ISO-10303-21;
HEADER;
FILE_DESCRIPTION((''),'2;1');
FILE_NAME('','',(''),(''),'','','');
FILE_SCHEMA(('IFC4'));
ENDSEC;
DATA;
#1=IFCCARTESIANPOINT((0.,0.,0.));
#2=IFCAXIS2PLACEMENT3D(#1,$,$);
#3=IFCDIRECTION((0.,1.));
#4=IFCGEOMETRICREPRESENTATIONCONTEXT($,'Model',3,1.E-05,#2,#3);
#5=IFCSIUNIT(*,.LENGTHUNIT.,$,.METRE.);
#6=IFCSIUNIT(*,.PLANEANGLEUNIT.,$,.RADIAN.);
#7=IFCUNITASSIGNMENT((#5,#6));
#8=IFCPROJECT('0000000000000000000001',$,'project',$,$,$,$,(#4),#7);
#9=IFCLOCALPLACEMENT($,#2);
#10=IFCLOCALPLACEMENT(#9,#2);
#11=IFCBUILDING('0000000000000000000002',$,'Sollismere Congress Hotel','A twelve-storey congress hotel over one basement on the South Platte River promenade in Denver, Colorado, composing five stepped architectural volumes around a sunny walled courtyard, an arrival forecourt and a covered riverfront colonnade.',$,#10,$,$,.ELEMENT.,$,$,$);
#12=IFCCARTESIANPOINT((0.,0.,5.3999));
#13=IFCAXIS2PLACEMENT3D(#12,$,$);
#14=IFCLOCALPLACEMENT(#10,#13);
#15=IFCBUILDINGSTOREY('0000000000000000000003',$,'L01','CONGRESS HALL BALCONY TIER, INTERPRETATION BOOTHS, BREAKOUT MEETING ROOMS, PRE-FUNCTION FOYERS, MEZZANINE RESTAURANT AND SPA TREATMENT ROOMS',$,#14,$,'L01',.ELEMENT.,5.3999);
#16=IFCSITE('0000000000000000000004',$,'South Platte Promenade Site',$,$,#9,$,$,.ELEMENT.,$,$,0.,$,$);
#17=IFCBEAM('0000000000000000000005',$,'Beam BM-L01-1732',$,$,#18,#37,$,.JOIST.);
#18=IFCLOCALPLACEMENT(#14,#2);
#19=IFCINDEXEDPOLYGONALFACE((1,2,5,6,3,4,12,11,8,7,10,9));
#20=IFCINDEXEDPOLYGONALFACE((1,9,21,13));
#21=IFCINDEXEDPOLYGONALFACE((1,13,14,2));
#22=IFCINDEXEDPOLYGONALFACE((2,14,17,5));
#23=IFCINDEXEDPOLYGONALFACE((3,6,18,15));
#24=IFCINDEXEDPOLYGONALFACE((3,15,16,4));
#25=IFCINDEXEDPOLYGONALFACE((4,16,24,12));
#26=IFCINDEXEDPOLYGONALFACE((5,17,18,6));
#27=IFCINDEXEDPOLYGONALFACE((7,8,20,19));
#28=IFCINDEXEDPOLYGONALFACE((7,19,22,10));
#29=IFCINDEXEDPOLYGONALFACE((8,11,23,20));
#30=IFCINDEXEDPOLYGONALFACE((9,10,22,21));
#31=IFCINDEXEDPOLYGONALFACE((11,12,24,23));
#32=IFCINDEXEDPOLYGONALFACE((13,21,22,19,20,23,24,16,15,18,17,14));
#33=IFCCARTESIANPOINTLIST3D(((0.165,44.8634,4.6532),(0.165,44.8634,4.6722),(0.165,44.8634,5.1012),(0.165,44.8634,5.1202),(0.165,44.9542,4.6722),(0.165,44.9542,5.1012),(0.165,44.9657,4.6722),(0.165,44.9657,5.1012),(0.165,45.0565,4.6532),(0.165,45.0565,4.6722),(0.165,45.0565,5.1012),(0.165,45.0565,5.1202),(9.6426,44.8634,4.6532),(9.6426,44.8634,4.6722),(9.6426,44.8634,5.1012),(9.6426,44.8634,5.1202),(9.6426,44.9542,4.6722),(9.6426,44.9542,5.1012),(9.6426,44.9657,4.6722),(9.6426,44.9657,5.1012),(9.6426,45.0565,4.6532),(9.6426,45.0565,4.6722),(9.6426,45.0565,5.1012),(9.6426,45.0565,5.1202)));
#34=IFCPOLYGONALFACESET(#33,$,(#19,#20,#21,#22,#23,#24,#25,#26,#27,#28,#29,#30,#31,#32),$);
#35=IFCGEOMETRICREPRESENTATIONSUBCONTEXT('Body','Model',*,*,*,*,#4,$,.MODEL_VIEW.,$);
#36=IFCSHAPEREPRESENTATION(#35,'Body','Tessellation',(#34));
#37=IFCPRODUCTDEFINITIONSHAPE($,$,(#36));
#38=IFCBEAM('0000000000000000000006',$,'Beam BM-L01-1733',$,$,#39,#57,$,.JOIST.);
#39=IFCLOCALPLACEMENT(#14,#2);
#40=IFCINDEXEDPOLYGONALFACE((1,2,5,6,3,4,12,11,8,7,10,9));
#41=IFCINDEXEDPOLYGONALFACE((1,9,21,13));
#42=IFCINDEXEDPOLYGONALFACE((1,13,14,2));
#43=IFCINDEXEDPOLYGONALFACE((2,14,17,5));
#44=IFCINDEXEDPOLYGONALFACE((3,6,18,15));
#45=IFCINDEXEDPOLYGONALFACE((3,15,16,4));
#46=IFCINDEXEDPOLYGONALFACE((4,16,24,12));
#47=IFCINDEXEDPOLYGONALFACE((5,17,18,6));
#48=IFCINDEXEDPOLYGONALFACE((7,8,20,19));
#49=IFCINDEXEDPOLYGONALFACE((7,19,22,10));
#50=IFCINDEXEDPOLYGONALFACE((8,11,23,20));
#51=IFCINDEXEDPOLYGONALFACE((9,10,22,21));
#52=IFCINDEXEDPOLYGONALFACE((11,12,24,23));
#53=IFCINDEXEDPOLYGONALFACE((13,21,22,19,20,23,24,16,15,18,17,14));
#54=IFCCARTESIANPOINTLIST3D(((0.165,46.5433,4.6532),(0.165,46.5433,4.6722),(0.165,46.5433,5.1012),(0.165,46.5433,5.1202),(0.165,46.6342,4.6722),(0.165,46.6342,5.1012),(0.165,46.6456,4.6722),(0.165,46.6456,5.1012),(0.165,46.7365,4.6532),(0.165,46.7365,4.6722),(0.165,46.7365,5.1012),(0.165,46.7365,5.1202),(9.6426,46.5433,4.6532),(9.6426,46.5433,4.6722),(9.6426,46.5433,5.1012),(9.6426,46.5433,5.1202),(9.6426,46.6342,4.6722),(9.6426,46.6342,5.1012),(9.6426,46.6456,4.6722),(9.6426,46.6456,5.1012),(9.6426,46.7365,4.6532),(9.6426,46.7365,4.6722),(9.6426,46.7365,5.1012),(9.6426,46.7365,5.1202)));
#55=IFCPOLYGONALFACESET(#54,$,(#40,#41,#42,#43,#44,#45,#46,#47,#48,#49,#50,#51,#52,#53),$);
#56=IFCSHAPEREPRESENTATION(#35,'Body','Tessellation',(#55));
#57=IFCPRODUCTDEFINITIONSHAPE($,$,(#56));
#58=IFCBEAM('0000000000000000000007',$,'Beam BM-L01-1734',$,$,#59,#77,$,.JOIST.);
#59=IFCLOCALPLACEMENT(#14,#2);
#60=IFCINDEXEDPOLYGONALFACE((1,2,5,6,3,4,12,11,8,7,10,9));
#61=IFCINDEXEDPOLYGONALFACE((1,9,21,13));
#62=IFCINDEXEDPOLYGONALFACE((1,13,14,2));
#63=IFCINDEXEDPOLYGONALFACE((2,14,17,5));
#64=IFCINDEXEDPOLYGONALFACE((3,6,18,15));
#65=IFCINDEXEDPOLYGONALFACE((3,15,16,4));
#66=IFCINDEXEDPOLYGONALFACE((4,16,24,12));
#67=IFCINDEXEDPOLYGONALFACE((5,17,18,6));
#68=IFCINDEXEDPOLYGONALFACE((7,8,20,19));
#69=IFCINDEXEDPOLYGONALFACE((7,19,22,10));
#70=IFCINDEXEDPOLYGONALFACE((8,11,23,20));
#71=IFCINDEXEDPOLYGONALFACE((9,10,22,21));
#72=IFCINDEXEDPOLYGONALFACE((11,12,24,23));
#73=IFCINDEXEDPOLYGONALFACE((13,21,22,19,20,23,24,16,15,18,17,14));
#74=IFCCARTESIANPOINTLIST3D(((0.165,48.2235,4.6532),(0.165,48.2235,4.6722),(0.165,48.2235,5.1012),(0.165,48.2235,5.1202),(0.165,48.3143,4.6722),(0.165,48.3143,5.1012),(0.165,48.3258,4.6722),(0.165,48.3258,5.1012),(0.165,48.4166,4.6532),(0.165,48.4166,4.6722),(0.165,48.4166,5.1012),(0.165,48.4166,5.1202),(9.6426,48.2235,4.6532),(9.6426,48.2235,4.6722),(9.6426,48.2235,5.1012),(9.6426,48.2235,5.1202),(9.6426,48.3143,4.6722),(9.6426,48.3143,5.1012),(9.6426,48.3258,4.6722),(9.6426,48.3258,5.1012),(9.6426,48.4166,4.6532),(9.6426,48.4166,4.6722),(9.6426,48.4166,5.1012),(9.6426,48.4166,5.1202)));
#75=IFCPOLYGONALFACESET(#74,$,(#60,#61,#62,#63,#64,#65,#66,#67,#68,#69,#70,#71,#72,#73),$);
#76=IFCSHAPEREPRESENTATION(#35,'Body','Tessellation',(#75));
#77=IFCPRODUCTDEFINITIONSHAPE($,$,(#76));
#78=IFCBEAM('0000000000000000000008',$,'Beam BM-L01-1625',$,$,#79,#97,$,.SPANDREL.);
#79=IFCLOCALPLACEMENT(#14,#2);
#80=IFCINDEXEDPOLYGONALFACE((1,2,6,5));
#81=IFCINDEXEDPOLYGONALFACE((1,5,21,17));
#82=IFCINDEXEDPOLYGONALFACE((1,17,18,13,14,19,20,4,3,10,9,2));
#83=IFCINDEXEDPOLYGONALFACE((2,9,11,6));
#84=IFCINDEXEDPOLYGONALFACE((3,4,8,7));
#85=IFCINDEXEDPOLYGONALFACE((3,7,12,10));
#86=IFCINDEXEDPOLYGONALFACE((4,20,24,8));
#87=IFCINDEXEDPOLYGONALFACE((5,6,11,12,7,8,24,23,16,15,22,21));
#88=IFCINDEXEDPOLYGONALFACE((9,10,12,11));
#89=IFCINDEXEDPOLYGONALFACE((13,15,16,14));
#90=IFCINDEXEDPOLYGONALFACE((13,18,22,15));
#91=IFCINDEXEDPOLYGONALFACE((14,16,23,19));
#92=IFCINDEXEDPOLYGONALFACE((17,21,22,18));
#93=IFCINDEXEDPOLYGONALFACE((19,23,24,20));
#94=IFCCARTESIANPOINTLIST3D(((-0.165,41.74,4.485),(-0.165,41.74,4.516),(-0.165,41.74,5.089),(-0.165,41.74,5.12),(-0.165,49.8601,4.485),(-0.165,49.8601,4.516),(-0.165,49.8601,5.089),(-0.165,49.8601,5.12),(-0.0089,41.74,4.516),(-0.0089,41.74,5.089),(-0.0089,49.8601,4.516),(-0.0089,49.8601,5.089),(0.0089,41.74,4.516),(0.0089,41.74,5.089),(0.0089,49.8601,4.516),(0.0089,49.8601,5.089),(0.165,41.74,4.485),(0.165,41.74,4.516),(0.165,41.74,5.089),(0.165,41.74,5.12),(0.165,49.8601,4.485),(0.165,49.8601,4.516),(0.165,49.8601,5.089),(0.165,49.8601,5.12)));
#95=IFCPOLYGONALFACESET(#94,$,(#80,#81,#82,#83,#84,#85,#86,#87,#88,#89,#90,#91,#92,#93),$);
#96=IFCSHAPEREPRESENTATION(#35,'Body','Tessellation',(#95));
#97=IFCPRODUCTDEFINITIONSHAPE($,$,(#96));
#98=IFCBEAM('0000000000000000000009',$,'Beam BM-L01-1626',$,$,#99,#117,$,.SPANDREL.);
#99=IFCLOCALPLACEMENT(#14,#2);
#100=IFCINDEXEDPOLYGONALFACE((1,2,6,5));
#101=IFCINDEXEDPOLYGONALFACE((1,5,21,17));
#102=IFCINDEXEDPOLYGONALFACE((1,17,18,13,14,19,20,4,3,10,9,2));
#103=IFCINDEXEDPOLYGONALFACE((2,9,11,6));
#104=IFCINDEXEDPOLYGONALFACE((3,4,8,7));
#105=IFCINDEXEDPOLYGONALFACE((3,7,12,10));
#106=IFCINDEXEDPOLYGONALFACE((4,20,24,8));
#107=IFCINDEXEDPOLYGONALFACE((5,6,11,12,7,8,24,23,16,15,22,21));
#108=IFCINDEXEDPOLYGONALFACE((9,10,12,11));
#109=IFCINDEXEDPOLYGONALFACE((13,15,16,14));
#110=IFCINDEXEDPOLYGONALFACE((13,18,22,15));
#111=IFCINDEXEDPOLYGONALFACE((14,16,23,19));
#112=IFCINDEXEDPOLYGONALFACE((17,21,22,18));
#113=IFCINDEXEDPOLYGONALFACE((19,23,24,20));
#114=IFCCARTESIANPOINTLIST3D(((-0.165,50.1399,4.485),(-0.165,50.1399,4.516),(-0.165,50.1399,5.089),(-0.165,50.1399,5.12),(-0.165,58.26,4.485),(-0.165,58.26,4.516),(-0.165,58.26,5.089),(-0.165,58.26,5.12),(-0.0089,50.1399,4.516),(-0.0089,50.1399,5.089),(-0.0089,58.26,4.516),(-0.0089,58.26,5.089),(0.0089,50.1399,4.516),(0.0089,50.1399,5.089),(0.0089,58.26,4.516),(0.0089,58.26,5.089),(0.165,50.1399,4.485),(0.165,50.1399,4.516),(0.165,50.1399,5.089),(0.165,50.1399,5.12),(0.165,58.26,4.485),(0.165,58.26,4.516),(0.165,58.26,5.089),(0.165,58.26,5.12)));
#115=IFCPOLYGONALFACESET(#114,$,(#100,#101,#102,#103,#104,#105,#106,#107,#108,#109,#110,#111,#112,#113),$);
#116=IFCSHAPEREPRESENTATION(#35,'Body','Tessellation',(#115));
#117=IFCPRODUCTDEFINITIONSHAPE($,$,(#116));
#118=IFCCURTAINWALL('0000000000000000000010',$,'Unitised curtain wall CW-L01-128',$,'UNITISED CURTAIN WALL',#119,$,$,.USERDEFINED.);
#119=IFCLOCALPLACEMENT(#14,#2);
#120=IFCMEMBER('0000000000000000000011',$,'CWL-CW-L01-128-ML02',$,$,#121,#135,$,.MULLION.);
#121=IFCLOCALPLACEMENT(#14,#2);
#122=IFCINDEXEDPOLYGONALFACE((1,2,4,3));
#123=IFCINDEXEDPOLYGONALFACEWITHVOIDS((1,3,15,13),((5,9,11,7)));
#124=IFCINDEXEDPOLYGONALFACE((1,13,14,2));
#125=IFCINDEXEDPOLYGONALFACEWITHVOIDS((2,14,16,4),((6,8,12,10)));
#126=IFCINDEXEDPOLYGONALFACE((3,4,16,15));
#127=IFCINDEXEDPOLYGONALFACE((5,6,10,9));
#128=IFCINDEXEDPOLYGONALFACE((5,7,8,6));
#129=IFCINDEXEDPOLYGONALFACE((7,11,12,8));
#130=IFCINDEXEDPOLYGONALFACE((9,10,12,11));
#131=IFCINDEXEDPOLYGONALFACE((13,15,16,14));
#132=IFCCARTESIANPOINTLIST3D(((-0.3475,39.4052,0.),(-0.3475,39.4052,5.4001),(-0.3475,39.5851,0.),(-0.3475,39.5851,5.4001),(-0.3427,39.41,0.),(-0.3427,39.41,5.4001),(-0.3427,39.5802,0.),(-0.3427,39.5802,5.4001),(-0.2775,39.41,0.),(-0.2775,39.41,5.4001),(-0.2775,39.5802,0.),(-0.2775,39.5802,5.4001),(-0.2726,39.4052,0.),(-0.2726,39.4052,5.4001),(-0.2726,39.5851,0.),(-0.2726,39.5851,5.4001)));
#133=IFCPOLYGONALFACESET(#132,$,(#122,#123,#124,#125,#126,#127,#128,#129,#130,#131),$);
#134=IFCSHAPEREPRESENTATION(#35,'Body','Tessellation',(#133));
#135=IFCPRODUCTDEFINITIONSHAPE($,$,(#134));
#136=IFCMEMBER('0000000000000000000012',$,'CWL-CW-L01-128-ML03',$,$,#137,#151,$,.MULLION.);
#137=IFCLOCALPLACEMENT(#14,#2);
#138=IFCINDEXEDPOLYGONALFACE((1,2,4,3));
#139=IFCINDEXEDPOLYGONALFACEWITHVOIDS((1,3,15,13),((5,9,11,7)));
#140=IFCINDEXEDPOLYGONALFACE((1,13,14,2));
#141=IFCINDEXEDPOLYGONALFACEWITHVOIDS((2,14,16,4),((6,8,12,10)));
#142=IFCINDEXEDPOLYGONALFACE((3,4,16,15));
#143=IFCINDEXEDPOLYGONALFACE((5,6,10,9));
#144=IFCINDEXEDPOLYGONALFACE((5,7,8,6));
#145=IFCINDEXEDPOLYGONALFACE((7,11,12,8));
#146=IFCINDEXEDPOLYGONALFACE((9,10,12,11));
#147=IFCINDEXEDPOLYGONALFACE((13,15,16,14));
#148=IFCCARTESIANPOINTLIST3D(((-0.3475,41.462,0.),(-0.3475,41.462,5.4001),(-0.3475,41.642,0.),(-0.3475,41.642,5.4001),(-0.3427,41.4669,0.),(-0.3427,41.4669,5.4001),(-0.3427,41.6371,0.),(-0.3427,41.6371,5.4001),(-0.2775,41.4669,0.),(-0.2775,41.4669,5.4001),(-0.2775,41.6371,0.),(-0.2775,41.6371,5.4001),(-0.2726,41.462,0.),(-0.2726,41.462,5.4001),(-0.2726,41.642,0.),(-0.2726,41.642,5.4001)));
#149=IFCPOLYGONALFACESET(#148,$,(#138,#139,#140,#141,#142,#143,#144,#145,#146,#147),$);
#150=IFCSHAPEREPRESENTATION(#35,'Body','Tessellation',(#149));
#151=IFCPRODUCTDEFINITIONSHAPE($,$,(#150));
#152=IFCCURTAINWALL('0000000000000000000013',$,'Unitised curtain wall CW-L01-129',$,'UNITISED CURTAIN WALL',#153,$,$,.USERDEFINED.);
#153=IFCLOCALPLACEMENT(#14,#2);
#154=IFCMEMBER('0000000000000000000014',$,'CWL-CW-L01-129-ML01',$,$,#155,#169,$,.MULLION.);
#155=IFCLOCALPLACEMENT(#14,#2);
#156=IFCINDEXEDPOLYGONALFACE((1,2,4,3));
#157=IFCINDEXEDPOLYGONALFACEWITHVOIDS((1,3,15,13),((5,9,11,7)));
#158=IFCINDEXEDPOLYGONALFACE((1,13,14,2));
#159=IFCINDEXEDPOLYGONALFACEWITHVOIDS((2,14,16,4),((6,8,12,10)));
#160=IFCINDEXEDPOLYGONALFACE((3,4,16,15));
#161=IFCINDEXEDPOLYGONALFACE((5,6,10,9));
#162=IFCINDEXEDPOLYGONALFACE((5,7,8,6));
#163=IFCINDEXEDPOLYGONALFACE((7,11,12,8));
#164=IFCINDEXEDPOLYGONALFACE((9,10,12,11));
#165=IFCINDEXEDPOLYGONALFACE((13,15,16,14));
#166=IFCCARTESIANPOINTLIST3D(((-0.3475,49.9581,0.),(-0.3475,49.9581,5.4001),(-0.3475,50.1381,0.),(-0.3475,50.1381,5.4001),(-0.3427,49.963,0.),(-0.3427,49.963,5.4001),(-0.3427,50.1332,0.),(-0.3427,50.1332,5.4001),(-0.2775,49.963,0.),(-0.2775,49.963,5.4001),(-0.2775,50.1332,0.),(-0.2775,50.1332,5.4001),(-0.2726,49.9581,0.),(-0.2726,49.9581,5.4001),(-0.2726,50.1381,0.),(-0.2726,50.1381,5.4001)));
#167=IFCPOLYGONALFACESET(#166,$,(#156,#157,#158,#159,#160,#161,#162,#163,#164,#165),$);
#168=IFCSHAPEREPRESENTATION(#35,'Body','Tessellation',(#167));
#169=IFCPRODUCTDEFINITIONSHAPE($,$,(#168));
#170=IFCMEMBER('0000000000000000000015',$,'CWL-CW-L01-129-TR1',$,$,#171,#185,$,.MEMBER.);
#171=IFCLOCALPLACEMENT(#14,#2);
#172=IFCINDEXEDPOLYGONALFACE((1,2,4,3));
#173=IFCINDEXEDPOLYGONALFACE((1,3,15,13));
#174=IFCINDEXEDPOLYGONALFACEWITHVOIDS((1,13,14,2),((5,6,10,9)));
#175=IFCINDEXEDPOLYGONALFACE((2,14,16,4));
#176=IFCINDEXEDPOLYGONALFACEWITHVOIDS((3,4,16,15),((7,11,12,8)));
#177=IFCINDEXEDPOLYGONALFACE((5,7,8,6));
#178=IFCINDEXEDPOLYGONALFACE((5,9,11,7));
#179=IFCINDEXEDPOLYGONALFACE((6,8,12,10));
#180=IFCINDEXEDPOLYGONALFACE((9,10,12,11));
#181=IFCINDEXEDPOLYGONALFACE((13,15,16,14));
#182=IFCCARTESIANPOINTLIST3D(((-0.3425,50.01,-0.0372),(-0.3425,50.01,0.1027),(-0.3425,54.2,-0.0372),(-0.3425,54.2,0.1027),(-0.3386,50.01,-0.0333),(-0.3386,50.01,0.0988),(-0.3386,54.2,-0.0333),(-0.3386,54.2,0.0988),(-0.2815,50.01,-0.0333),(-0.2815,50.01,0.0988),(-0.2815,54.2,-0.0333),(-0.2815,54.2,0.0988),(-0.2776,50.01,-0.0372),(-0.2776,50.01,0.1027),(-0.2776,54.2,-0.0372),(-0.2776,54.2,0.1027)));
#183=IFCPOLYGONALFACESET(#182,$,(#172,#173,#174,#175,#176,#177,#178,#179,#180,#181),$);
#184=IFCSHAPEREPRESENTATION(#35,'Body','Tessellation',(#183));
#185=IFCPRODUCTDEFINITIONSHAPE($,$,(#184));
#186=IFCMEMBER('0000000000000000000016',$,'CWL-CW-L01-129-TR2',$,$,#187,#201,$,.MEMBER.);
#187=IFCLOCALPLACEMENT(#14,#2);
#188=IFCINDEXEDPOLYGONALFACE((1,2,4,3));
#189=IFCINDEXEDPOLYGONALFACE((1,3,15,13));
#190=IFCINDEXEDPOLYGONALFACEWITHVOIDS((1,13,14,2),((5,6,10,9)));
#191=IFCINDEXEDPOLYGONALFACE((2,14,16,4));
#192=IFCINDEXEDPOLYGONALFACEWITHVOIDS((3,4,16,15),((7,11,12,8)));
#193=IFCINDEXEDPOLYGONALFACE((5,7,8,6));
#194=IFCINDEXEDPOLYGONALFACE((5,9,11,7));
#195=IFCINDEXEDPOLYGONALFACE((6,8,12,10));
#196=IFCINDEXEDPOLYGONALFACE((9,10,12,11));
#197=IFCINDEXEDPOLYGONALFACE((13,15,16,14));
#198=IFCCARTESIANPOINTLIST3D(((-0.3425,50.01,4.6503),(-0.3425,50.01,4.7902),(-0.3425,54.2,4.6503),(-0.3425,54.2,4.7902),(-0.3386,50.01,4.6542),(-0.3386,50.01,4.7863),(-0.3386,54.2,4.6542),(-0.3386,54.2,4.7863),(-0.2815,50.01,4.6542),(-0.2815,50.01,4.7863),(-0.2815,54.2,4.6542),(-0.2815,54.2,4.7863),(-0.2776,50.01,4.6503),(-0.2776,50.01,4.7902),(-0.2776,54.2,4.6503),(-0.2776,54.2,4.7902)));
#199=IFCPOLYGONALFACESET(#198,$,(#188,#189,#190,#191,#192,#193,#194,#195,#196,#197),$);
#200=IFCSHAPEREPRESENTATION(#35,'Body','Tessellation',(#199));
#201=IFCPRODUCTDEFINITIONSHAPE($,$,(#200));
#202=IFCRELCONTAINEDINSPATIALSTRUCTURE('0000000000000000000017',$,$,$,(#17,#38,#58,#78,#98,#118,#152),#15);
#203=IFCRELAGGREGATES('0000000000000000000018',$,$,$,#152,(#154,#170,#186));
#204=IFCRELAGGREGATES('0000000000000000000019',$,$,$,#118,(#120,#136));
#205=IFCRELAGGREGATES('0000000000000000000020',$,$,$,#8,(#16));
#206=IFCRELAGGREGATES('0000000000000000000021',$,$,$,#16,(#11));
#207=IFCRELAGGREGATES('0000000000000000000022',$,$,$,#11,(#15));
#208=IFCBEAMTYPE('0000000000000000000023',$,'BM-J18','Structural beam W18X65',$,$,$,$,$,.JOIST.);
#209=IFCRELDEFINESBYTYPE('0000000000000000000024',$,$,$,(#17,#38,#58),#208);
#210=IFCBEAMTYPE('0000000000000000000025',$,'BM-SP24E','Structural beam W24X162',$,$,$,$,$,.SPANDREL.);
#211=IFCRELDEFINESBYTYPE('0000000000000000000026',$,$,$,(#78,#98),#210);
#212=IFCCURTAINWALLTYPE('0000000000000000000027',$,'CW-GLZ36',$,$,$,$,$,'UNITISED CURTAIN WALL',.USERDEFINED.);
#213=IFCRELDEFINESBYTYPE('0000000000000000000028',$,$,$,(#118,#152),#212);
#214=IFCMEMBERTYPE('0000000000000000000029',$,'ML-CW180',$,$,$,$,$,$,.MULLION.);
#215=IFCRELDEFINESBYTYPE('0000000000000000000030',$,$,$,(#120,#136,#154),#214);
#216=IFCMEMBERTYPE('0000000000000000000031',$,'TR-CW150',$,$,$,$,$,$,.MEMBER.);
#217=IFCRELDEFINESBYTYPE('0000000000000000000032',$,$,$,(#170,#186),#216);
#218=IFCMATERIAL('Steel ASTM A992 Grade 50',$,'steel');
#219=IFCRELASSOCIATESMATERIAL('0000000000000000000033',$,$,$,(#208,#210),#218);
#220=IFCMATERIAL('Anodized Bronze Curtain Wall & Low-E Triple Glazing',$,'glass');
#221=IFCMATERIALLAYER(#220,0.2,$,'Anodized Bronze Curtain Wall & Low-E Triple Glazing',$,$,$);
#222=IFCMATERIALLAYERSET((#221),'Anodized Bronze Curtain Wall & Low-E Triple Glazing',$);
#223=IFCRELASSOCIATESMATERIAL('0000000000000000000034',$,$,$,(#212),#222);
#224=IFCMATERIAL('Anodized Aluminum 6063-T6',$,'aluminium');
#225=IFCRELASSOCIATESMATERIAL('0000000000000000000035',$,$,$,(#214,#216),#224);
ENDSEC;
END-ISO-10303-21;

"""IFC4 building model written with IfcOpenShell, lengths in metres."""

from ifc_helpers import new_model, si_unit, direction, frame, origin, origin_2d, place, context, subcontext, project, spatial, hollow_rectangle, i_section, extrude, material, layer, layer_set, material_profile, profile_set, type_object, element, aggregate, save


model = new_model("IFC4")

# Units and contexts
model_context = context("Model", 3, precision=1e-05, world=origin(), true_north=direction((0.0, 1.0)))
body_context = subcontext(model_context, "Body", "Model", "MODEL_VIEW")
ifc_project = project(units=[si_unit("LENGTHUNIT", "METRE"), si_unit("PLANEANGLEUNIT", "RADIAN")], contexts=[model_context])

# Site, building, storey
site_placement = place(None, origin())
site = spatial("IfcSite", under=ifc_project, at=site_placement, Name="South Platte Promenade Site", CompositionType="ELEMENT", RefElevation=0.0)
building_placement = place(site_placement, origin())
building = spatial("IfcBuilding", under=site, at=building_placement, Name="Sollismere Congress Hotel", Description="A twelve-storey congress hotel over one basement on the South Platte River promenade in Denver, Colorado, composing five stepped architectural volumes around a sunny walled courtyard, an arrival forecourt and a covered riverfront colonnade.", CompositionType="ELEMENT")
storey_placement = place(building_placement, frame((0.0, 0.0, 5.3999)))
storey = spatial("IfcBuildingStorey", under=building, at=storey_placement, Name="L01", Description="CONGRESS HALL BALCONY TIER, INTERPRETATION BOOTHS, BREAKOUT MEETING ROOMS, PRE-FUNCTION FOYERS, MEZZANINE RESTAURANT AND SPA TREATMENT ROOMS", LongName="L01", CompositionType="ELEMENT", Elevation=5.3999)

# Shared definitions
ifc_material_1 = material(Name="Steel ASTM A992 Grade 50", Category="steel")

# Beams
ifc_material_profile_1 = material_profile(ifc_material_1, i_section(OverallWidth=0.1931, OverallDepth=0.467, WebThickness=0.0115, FlangeThickness=0.019, at=origin_2d()), Name="W18X65")
ifc_profile_set_1 = profile_set([ifc_material_profile_1], Name="Steel ASTM A992 Grade 50")
beam_type_1 = type_object("IfcBeamType", Name="BM-J18", Description="Structural beam W18X65", PredefinedType="JOIST", material=ifc_profile_set_1)
for number, where, z_axis, x_axis, name in (
    (1, (0.165, 44.96, 4.8867), (1.0, 0.0, 0.0), (0.0, 1.0, 0.0), "Beam BM-L01-1732"),
    (2, (0.165, 46.6399, 4.8867), (1.0, 0.0, 0.0), (0.0, 1.0, 0.0), "Beam BM-L01-1733"),
    (3, (0.165, 48.3201, 4.8867), (1.0, 0.0, 0.0), (0.0, 1.0, 0.0), "Beam BM-L01-1734"),
):
    element("IfcBeam", number, at=place(storey_placement, frame(where, z_axis=z_axis, x_axis=x_axis)), inside=storey, type_object=beam_type_1, Name=name, PredefinedType="JOIST", context=body_context, shape_type="SweptSolid", body=[
        extrude(i_section(OverallWidth=0.1931, OverallDepth=0.467, WebThickness=0.0115, FlangeThickness=0.019, at=origin_2d()), origin(), (0.0, 0.0, 1.0), 9.4775),
    ])
ifc_material_profile_2 = material_profile(ifc_material_1, i_section(OverallWidth=0.3301, OverallDepth=0.635, WebThickness=0.0178, FlangeThickness=0.031, at=origin_2d()), Name="W24X162")
ifc_profile_set_2 = profile_set([ifc_material_profile_2], Name="Steel ASTM A992 Grade 50")
beam_type_2 = type_object("IfcBeamType", Name="BM-SP24E", Description="Structural beam W24X162", PredefinedType="SPANDREL", material=ifc_profile_set_2)
for number, where, z_axis, x_axis, name in (
    (4, (0.0, 41.74, 4.8025), (0.0, 1.0, 0.0), (-1.0, 0.0, 0.0), "Beam BM-L01-1625"),
    (5, (0.0, 50.1399, 4.8025), (0.0, 1.0, 0.0), (-1.0, 0.0, 0.0), "Beam BM-L01-1626"),
):
    element("IfcBeam", number, at=place(storey_placement, frame(where, z_axis=z_axis, x_axis=x_axis)), inside=storey, type_object=beam_type_2, Name=name, PredefinedType="SPANDREL", context=body_context, shape_type="SweptSolid", body=[
        extrude(i_section(OverallWidth=0.3301, OverallDepth=0.635, WebThickness=0.0178, FlangeThickness=0.031, at=origin_2d()), origin(), (0.0, 0.0, 1.0), 8.1201),
    ])

# Curtain walls, members
ifc_material_2 = material(Name="Anodized Bronze Curtain Wall & Low-E Triple Glazing", Category="glass")
ifc_layer_1 = layer(ifc_material_2, 0.2, Name="Anodized Bronze Curtain Wall & Low-E Triple Glazing")
ifc_layer_set_1 = layer_set([ifc_layer_1], Name="Anodized Bronze Curtain Wall & Low-E Triple Glazing")
curtain_wall_type = type_object("IfcCurtainWallType", Name="CW-GLZ36", ElementType="UNITISED CURTAIN WALL", PredefinedType="USERDEFINED", material=ifc_layer_set_1)
curtain_wall_1_placement = place(storey_placement, origin())
curtain_wall_1 = element("IfcCurtainWall", 6, at=curtain_wall_1_placement, inside=storey, type_object=curtain_wall_type, Name="Unitised curtain wall CW-L01-128", ObjectType="UNITISED CURTAIN WALL", PredefinedType="USERDEFINED")
ifc_material_3 = material(Name="Anodized Aluminum 6063-T6", Category="aluminium")
ifc_material_profile_3 = material_profile(ifc_material_3, hollow_rectangle(XDim=0.075, YDim=0.1799, WallThickness=0.0049, at=origin_2d()), Name="ALU180X75X5")
ifc_profile_set_3 = profile_set([ifc_material_profile_3], Name="Anodized Aluminum 6063-T6")
member_type_1 = type_object("IfcMemberType", Name="ML-CW180", PredefinedType="MULLION", material=ifc_profile_set_3)
member_1_placement = place(storey_placement, frame((-0.3101, 39.4951, 0.0), z_axis=(0.0, 0.0, 1.0), x_axis=(-1.0, 0.0, 0.0)))
member_1 = element("IfcMember", 7, at=member_1_placement, type_object=member_type_1, Name="CWL-CW-L01-128-ML02", PredefinedType="MULLION", context=body_context, shape_type="SweptSolid", body=[
    extrude(hollow_rectangle(XDim=0.075, YDim=0.1799, WallThickness=0.0049, at=origin_2d()), origin(), (0.0, 0.0, 1.0), 5.4001),
])
member_2_placement = place(storey_placement, frame((-0.3101, 41.552, 0.0), z_axis=(0.0, 0.0, 1.0), x_axis=(-1.0, 0.0, 0.0)))
member_2 = element("IfcMember", 8, at=member_2_placement, type_object=member_type_1, Name="CWL-CW-L01-128-ML03", PredefinedType="MULLION", context=body_context, shape_type="SweptSolid", body=[
    extrude(hollow_rectangle(XDim=0.075, YDim=0.1799, WallThickness=0.0049, at=origin_2d()), origin(), (0.0, 0.0, 1.0), 5.4001),
])
curtain_wall_2_placement = place(storey_placement, origin())
curtain_wall_2 = element("IfcCurtainWall", 9, at=curtain_wall_2_placement, inside=storey, type_object=curtain_wall_type, Name="Unitised curtain wall CW-L01-129", ObjectType="UNITISED CURTAIN WALL", PredefinedType="USERDEFINED")
member_3_placement = place(storey_placement, frame((-0.3101, 50.0481, 0.0), z_axis=(0.0, 0.0, 1.0), x_axis=(-1.0, 0.0, 0.0)))
member_3 = element("IfcMember", 10, at=member_3_placement, type_object=member_type_1, Name="CWL-CW-L01-129-ML01", PredefinedType="MULLION", context=body_context, shape_type="SweptSolid", body=[
    extrude(hollow_rectangle(XDim=0.075, YDim=0.1799, WallThickness=0.0049, at=origin_2d()), origin(), (0.0, 0.0, 1.0), 5.4001),
])
ifc_material_profile_4 = material_profile(ifc_material_3, hollow_rectangle(XDim=0.0649, YDim=0.1399, WallThickness=0.0039, at=origin_2d()), Name="ALU140X65X4")
ifc_profile_set_4 = profile_set([ifc_material_profile_4], Name="Anodized Aluminum 6063-T6")
member_type_2 = type_object("IfcMemberType", Name="TR-CW150", PredefinedType="MEMBER", material=ifc_profile_set_4)
member_4_placement = place(storey_placement, frame((-0.3101, 50.01, 0.0327), z_axis=(0.0, 1.0, 0.0), x_axis=(-1.0, 0.0, 0.0)))
member_4 = element("IfcMember", 11, at=member_4_placement, type_object=member_type_2, Name="CWL-CW-L01-129-TR1", PredefinedType="MEMBER", context=body_context, shape_type="SweptSolid", body=[
    extrude(hollow_rectangle(XDim=0.0649, YDim=0.1399, WallThickness=0.0039, at=origin_2d()), origin(), (0.0, 0.0, 1.0), 4.1899),
])
member_5_placement = place(storey_placement, frame((-0.3101, 50.01, 4.7202), z_axis=(0.0, 1.0, 0.0), x_axis=(-1.0, 0.0, 0.0)))
member_5 = element("IfcMember", 12, at=member_5_placement, type_object=member_type_2, Name="CWL-CW-L01-129-TR2", PredefinedType="MEMBER", context=body_context, shape_type="SweptSolid", body=[
    extrude(hollow_rectangle(XDim=0.0649, YDim=0.1399, WallThickness=0.0039, at=origin_2d()), origin(), (0.0, 0.0, 1.0), 4.1899),
])
aggregate(curtain_wall_2, [member_3, member_4, member_5])

aggregate(curtain_wall_1, [member_1, member_2])

save(model, "model.ifc")
